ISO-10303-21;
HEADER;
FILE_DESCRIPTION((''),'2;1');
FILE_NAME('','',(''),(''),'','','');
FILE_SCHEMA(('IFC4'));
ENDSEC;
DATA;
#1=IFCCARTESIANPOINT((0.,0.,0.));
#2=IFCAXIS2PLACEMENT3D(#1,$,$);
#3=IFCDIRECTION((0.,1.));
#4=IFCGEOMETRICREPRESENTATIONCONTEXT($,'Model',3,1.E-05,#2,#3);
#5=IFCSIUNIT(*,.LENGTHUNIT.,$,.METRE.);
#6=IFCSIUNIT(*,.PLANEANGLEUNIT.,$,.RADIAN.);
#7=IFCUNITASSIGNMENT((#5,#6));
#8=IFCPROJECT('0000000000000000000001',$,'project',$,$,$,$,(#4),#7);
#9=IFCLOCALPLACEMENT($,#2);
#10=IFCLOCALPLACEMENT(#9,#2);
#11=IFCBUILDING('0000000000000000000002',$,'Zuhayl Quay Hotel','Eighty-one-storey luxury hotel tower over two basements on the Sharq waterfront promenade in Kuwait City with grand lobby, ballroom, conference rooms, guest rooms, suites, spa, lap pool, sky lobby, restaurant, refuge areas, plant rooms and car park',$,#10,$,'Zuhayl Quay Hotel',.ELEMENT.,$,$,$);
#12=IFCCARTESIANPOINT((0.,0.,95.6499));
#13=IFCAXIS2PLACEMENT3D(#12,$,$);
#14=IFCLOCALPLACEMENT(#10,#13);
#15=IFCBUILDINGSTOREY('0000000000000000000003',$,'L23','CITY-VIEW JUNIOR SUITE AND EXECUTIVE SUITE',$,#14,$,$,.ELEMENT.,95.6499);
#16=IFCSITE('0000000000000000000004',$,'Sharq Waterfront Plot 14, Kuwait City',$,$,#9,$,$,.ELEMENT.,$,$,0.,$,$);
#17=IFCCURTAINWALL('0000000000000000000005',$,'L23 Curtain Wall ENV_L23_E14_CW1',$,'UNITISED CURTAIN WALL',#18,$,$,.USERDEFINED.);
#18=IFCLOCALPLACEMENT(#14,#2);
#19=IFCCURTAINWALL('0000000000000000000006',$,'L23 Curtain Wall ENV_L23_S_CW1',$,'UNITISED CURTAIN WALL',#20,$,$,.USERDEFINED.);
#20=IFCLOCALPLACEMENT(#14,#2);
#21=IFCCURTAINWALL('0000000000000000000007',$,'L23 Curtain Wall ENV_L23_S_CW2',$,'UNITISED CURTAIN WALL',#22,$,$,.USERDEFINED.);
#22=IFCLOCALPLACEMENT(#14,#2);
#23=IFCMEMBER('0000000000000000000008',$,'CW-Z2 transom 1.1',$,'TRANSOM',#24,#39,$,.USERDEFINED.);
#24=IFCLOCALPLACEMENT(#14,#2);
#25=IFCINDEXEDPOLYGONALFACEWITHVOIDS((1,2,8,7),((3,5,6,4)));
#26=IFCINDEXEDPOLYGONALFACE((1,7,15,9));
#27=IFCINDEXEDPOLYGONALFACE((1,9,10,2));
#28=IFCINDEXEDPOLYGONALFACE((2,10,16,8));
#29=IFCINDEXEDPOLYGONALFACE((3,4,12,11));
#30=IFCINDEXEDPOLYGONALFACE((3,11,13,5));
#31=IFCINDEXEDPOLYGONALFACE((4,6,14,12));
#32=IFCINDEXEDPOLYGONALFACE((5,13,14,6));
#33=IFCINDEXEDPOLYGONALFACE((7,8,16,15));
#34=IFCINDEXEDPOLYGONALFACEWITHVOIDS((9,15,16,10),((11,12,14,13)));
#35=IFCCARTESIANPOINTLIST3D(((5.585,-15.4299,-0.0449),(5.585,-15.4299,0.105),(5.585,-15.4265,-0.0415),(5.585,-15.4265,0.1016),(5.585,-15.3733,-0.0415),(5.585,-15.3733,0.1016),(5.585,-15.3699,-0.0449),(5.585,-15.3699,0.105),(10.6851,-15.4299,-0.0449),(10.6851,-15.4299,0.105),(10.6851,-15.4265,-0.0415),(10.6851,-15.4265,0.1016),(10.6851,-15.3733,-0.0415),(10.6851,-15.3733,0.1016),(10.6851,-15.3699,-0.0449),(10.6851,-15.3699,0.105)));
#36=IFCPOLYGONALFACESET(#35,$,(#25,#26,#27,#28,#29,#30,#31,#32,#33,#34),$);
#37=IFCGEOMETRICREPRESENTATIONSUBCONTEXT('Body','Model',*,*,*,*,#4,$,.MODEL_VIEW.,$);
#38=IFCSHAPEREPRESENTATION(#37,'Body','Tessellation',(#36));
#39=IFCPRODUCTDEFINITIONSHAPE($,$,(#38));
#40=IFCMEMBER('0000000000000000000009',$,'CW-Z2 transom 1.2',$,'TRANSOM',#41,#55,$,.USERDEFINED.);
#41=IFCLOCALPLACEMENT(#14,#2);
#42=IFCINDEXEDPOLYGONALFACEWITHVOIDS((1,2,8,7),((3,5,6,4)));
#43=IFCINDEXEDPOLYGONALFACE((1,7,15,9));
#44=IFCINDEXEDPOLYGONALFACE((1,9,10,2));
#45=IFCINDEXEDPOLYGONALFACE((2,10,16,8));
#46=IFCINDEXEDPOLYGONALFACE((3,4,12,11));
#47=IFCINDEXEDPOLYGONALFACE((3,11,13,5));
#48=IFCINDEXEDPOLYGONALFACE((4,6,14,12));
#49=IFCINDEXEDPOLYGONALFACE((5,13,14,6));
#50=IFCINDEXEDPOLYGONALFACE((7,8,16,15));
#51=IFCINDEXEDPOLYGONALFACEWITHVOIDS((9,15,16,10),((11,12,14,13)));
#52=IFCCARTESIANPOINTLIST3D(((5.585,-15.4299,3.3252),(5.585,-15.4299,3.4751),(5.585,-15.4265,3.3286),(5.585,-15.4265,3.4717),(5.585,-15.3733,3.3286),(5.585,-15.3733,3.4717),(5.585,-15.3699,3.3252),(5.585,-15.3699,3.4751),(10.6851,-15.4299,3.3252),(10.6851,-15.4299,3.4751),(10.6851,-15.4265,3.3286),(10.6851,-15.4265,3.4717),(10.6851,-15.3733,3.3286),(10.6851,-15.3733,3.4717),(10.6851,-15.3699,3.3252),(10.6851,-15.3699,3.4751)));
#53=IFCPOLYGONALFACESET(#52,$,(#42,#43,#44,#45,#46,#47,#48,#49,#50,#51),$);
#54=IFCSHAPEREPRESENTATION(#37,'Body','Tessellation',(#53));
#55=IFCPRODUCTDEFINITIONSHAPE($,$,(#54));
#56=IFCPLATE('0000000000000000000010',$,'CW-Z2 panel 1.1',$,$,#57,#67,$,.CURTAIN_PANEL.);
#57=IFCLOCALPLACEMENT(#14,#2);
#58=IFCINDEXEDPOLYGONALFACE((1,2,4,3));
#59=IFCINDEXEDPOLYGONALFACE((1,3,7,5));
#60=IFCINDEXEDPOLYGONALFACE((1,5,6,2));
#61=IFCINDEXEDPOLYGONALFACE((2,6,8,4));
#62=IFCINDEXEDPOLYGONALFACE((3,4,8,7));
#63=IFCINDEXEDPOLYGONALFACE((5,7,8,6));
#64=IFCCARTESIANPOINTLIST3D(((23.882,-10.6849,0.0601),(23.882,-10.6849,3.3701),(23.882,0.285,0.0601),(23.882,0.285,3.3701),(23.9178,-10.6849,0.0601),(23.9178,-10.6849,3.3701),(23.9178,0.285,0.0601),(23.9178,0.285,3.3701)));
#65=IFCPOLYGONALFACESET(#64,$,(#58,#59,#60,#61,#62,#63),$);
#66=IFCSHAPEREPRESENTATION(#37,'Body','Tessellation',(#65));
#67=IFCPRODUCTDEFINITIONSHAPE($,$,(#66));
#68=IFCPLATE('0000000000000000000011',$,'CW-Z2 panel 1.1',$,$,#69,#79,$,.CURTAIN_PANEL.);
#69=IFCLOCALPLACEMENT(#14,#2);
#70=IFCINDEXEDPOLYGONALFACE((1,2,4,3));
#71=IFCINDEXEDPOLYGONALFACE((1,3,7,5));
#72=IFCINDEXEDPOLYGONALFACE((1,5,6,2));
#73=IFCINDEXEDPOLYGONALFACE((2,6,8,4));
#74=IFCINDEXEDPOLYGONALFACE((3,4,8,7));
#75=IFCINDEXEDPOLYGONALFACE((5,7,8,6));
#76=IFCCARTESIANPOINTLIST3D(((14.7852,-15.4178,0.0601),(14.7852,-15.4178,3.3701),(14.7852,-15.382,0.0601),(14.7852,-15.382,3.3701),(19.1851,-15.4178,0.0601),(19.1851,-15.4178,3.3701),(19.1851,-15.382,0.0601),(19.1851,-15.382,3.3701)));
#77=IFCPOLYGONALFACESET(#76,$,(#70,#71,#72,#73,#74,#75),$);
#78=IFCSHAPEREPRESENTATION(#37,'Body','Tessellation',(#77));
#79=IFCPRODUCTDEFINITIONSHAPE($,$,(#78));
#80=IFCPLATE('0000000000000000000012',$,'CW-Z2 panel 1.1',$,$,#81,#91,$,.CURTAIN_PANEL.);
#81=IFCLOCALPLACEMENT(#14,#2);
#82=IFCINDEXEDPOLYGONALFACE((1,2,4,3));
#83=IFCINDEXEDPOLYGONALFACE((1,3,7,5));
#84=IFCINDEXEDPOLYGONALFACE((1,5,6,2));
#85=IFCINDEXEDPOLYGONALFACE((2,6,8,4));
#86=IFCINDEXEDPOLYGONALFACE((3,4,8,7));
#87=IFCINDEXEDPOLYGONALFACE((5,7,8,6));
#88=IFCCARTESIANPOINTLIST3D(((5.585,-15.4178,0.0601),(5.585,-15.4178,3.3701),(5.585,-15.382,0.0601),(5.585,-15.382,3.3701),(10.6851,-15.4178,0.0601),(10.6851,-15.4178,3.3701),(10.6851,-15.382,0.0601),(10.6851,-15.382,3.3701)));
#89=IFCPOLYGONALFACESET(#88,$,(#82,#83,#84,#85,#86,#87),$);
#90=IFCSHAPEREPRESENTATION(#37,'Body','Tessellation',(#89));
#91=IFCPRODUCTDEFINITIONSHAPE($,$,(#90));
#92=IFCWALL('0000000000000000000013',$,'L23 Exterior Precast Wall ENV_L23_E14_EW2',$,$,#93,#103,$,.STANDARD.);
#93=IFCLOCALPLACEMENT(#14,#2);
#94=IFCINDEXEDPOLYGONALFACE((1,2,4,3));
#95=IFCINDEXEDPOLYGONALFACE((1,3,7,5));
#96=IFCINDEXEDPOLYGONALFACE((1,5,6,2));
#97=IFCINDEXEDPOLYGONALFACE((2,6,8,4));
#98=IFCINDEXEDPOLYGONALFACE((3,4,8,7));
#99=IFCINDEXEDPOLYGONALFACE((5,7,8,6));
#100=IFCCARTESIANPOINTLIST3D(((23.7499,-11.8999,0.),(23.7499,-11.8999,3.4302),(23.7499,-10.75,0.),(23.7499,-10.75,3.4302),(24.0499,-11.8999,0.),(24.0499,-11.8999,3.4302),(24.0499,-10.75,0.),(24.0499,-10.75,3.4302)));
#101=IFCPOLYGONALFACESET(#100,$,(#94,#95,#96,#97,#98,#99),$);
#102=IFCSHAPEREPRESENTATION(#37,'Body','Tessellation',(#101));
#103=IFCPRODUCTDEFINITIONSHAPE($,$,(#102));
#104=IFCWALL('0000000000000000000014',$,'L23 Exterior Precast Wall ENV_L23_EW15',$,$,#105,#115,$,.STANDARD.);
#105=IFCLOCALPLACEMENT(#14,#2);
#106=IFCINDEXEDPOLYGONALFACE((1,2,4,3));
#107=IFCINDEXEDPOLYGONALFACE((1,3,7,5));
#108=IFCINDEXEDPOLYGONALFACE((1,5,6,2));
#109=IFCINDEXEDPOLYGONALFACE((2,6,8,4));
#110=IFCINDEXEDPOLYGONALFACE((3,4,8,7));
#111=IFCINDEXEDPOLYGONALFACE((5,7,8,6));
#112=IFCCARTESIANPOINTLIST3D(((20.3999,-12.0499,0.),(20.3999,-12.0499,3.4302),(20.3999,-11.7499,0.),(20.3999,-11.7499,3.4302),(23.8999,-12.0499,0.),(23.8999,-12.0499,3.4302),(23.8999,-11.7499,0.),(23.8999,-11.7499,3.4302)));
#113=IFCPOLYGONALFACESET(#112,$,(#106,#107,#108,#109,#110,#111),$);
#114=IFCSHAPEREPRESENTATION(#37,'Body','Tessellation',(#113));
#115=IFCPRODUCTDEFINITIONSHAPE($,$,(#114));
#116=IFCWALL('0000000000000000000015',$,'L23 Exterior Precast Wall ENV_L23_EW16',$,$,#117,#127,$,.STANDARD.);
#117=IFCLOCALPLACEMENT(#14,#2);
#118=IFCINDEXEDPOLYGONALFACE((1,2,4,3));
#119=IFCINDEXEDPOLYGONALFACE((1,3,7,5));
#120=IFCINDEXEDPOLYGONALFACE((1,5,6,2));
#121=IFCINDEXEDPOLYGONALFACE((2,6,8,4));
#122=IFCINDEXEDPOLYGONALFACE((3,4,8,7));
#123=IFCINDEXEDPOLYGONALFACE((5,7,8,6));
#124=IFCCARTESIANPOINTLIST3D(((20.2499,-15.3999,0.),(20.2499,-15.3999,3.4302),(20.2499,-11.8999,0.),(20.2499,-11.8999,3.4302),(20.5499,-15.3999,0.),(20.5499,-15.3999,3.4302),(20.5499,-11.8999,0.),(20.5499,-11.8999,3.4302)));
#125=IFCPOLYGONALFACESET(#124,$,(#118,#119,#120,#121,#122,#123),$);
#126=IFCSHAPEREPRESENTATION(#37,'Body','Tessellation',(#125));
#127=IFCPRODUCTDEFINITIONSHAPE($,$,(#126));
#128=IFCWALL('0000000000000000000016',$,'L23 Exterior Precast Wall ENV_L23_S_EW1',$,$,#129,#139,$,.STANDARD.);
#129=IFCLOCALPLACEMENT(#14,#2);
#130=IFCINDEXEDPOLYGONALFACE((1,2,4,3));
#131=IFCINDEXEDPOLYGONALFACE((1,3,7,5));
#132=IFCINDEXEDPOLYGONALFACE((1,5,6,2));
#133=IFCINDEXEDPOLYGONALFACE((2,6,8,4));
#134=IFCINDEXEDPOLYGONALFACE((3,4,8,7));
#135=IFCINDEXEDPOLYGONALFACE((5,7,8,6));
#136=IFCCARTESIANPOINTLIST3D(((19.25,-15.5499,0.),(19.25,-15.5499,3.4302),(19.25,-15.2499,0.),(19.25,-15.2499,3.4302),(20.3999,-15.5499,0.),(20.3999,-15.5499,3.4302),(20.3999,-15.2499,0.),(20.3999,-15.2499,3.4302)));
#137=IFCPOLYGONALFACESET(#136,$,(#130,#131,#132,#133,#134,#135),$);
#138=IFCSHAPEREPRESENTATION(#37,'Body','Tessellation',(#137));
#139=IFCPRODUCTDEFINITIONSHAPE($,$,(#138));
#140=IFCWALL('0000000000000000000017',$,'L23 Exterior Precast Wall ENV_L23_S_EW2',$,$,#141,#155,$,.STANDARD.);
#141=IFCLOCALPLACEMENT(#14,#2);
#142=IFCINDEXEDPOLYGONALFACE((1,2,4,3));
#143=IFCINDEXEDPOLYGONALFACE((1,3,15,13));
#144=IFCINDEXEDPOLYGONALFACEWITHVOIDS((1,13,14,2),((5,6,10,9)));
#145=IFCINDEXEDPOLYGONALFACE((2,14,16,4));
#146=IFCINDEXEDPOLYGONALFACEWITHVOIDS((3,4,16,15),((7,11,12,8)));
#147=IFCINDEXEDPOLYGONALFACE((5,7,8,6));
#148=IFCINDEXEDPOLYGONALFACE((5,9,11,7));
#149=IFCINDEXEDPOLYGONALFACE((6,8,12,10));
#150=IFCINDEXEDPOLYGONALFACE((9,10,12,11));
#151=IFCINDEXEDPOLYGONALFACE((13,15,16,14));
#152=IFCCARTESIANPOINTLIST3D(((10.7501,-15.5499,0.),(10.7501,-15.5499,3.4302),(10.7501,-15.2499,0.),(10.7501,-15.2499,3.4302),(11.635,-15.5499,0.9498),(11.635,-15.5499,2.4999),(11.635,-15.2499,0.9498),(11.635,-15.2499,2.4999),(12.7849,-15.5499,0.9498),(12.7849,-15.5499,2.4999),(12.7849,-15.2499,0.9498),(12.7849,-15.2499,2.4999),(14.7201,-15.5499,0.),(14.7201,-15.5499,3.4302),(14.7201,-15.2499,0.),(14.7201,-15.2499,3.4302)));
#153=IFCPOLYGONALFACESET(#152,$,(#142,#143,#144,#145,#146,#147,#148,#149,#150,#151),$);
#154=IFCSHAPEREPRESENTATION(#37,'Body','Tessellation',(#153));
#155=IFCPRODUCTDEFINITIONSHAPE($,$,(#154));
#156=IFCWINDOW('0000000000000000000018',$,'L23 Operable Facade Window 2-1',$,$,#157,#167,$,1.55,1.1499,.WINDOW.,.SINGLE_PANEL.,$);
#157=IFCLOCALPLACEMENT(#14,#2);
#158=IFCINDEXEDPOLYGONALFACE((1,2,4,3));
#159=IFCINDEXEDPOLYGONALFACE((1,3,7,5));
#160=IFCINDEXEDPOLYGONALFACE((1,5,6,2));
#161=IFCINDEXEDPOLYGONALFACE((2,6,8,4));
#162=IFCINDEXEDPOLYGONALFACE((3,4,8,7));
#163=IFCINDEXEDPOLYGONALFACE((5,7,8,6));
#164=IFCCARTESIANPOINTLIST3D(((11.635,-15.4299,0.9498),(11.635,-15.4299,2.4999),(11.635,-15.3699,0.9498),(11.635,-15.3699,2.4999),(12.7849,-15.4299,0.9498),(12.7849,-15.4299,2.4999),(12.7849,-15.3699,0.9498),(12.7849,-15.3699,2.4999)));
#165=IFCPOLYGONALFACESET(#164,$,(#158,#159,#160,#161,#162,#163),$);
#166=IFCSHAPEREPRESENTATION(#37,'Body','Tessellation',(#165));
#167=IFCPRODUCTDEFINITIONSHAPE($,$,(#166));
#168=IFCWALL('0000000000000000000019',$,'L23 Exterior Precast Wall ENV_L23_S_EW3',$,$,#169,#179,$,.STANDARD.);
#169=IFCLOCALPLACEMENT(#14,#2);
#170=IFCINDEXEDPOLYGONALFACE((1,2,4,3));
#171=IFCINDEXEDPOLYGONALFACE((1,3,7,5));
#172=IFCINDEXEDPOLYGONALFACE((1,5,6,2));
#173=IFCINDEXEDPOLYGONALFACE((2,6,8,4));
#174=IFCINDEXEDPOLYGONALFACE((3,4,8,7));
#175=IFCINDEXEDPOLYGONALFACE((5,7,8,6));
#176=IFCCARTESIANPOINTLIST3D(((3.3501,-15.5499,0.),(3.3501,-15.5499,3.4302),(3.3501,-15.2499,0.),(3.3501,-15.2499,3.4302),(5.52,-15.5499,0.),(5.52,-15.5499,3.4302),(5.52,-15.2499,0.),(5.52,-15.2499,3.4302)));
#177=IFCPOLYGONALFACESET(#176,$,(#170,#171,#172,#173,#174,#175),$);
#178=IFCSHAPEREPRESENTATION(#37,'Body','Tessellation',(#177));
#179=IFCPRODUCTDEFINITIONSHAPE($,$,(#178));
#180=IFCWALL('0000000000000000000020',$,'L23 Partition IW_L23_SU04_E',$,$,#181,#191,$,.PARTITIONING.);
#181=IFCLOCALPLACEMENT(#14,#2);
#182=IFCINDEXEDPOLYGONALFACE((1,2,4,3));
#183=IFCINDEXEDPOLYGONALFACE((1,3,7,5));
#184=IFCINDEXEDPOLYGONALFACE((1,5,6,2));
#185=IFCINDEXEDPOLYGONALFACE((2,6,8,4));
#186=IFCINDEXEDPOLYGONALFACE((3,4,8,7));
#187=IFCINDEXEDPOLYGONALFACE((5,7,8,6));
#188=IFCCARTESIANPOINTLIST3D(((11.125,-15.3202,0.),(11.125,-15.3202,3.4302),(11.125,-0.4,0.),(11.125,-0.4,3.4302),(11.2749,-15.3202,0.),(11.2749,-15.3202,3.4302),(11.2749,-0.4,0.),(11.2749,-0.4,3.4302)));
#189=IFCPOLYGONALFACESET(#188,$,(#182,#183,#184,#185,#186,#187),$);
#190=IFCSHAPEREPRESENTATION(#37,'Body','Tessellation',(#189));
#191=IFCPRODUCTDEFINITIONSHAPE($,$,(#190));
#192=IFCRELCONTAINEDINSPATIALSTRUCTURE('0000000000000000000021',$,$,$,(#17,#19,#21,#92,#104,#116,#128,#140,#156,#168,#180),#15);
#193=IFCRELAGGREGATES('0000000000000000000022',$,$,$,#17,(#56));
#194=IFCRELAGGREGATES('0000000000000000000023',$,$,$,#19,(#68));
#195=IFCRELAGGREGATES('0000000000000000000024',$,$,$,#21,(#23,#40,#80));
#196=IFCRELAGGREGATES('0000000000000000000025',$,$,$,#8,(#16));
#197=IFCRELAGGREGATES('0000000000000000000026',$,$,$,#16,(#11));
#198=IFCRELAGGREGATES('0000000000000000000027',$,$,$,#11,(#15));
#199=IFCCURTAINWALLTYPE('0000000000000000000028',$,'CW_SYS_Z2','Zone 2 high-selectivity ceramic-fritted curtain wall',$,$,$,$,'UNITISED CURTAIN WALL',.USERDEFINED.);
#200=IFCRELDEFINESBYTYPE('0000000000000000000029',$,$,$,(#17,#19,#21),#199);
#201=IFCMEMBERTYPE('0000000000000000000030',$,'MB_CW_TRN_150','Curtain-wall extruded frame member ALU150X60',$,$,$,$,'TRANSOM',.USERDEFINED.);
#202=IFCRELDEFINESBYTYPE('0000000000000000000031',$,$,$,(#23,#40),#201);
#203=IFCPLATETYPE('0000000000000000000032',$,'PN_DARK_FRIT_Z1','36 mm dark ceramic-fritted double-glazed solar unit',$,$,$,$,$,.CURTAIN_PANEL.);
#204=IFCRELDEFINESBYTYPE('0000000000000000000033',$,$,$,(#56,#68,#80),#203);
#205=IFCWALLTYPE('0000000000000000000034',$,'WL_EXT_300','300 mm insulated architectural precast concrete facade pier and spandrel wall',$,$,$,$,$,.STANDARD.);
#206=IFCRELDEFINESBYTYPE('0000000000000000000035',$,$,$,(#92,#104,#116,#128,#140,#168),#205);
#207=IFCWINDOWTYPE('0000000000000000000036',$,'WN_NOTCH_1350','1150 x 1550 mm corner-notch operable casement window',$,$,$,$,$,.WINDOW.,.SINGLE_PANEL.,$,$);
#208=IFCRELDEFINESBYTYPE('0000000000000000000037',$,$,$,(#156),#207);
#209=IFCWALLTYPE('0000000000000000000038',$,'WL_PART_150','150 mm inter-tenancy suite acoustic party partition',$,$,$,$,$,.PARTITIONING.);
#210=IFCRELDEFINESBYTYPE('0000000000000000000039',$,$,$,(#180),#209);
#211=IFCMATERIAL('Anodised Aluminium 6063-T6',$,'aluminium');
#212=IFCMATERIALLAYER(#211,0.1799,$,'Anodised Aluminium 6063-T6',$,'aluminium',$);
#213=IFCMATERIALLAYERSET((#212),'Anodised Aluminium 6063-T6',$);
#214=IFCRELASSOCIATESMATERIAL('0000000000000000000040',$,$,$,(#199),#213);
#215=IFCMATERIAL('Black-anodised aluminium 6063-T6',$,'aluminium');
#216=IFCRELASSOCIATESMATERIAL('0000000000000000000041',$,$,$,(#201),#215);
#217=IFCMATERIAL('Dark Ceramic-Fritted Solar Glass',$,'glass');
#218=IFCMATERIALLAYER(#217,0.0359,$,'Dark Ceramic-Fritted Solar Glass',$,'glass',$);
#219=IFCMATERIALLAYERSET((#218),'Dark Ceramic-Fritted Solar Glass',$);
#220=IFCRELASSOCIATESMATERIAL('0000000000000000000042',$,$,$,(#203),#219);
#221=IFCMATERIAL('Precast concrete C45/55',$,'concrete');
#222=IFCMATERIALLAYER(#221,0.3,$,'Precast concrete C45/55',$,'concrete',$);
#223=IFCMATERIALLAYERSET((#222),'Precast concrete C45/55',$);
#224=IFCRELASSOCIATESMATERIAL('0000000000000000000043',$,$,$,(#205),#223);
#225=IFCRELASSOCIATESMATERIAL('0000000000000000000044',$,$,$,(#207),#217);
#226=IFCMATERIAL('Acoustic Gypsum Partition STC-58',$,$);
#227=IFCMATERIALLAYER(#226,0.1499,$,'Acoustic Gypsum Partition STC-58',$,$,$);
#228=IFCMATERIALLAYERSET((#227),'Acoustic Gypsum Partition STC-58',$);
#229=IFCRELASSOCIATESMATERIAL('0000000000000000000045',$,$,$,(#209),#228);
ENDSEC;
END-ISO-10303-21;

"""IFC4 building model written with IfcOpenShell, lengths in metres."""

from ifc_helpers import new_model, si_unit, direction, frame, frame_2d, origin, origin_2d, place, context, subcontext, project, spatial, rectangle, hollow_rectangle, extrude, material, layer, layer_set, material_profile, profile_set, type_object, element, fill, aggregate, save


model = new_model("IFC4")

# Units and contexts
model_context = context("Model", 3, precision=1e-05, world=origin(), true_north=direction((0.0, 1.0)))
body_context = subcontext(model_context, "Body", "Model", "MODEL_VIEW")
ifc_project = project(units=[si_unit("LENGTHUNIT", "METRE"), si_unit("PLANEANGLEUNIT", "RADIAN")], contexts=[model_context])

# Site, building, storey
site_placement = place(None, origin())
site = spatial("IfcSite", under=ifc_project, at=site_placement, Name="Sharq Waterfront Plot 14, Kuwait City", CompositionType="ELEMENT", RefElevation=0.0)
building_placement = place(site_placement, origin())
building = spatial("IfcBuilding", under=site, at=building_placement, Name="Zuhayl Quay Hotel", Description="Eighty-one-storey luxury hotel tower over two basements on the Sharq waterfront promenade in Kuwait City with grand lobby, ballroom, conference rooms, guest rooms, suites, spa, lap pool, sky lobby, restaurant, refuge areas, plant rooms and car park", LongName="Zuhayl Quay Hotel", CompositionType="ELEMENT")
storey_placement = place(building_placement, frame((0.0, 0.0, 95.6499)))
storey = spatial("IfcBuildingStorey", under=building, at=storey_placement, Name="L23", Description="CITY-VIEW JUNIOR SUITE AND EXECUTIVE SUITE", CompositionType="ELEMENT", Elevation=95.6499)

# Curtain wall
ifc_material_1 = material(Name="Anodised Aluminium 6063-T6", Category="aluminium")
ifc_layer_1 = layer(ifc_material_1, 0.1799, Name="Anodised Aluminium 6063-T6", Category="aluminium")
ifc_layer_set_1 = layer_set([ifc_layer_1], Name="Anodised Aluminium 6063-T6")
curtain_wall_type = type_object("IfcCurtainWallType", Name="CW_SYS_Z2", Description="Zone 2 high-selectivity ceramic-fritted curtain wall", ElementType="UNITISED CURTAIN WALL", PredefinedType="USERDEFINED", material=ifc_layer_set_1)
curtain_wall_1_placement = place(storey_placement, origin())
curtain_wall_1 = element("IfcCurtainWall", 1, at=curtain_wall_1_placement, inside=storey, type_object=curtain_wall_type, Name="L23 Curtain Wall ENV_L23_E14_CW1", ObjectType="UNITISED CURTAIN WALL", PredefinedType="USERDEFINED")
ifc_material_2 = material(Name="Black-anodised aluminium 6063-T6", Category="aluminium")

# Curtain walls
curtain_wall_2_placement = place(storey_placement, origin())
curtain_wall_2 = element("IfcCurtainWall", 2, at=curtain_wall_2_placement, inside=storey, type_object=curtain_wall_type, Name="L23 Curtain Wall ENV_L23_S_CW1", ObjectType="UNITISED CURTAIN WALL", PredefinedType="USERDEFINED")
curtain_wall_3_placement = place(storey_placement, origin())
curtain_wall_3 = element("IfcCurtainWall", 3, at=curtain_wall_3_placement, inside=storey, type_object=curtain_wall_type, Name="L23 Curtain Wall ENV_L23_S_CW2", ObjectType="UNITISED CURTAIN WALL", PredefinedType="USERDEFINED")

# Members
ifc_material_profile_1 = material_profile(ifc_material_2, hollow_rectangle(XDim=0.0601, YDim=0.1499, WallThickness=0.0034, at=origin_2d()), Name="ALU150X60")
ifc_profile_set_1 = profile_set([ifc_material_profile_1], Name="Black-anodised aluminium 6063-T6")
member_type_1 = type_object("IfcMemberType", Name="MB_CW_TRN_150", Description="Curtain-wall extruded frame member ALU150X60", ElementType="TRANSOM", PredefinedType="USERDEFINED", material=ifc_profile_set_1)
member_1_placement = place(storey_placement, frame((10.6851, -15.3999, 0.03), z_axis=(-1.0, 0.0, 0.0), x_axis=(0.0, -1.0, 0.0)))
member_1 = element("IfcMember", 4, at=member_1_placement, type_object=member_type_1, Name="CW-Z2 transom 1.1", ObjectType="TRANSOM", PredefinedType="USERDEFINED", context=body_context, shape_type="SweptSolid", body=[
    extrude(hollow_rectangle(XDim=0.0601, YDim=0.1499, WallThickness=0.0034, at=origin_2d()), origin(), (0.0, 0.0, 1.0), 5.1001),
])
member_2_placement = place(storey_placement, frame((10.6851, -15.3999, 3.4001), z_axis=(-1.0, 0.0, 0.0), x_axis=(0.0, -1.0, 0.0)))
member_2 = element("IfcMember", 5, at=member_2_placement, type_object=member_type_1, Name="CW-Z2 transom 1.2", ObjectType="TRANSOM", PredefinedType="USERDEFINED", context=body_context, shape_type="SweptSolid", body=[
    extrude(hollow_rectangle(XDim=0.0601, YDim=0.1499, WallThickness=0.0034, at=origin_2d()), origin(), (0.0, 0.0, 1.0), 5.1001),
])

# Plates
ifc_material_3 = material(Name="Dark Ceramic-Fritted Solar Glass", Category="glass")
ifc_layer_2 = layer(ifc_material_3, 0.0359, Name="Dark Ceramic-Fritted Solar Glass", Category="glass")
ifc_layer_set_2 = layer_set([ifc_layer_2], Name="Dark Ceramic-Fritted Solar Glass")
plate_type = type_object("IfcPlateType", Name="PN_DARK_FRIT_Z1", Description="36 mm dark ceramic-fritted double-glazed solar unit", PredefinedType="CURTAIN_PANEL", material=ifc_layer_set_2)
plate_1_placement = place(storey_placement, frame((23.8999, -5.2, 0.0601), z_axis=(0.0, 0.0, 1.0), x_axis=(0.0, -1.0, 0.0)))
plate_1 = element("IfcPlate", 6, at=plate_1_placement, type_object=plate_type, Name="CW-Z2 panel 1.1", PredefinedType="CURTAIN_PANEL", context=body_context, shape_type="SweptSolid", body=[
    extrude(rectangle(XDim=10.97, YDim=0.0359, at=origin_2d()), origin(), (0.0, 0.0, 1.0), 3.3101),
])
aggregate(curtain_wall_1, [plate_1])
plate_2_placement = place(storey_placement, frame((16.9851, -15.3999, 0.0601), z_axis=(0.0, 0.0, 1.0), x_axis=(-1.0, 0.0, 0.0)))
plate_2 = element("IfcPlate", 7, at=plate_2_placement, type_object=plate_type, Name="CW-Z2 panel 1.1", PredefinedType="CURTAIN_PANEL", context=body_context, shape_type="SweptSolid", body=[
    extrude(rectangle(XDim=4.3999, YDim=0.0359, at=origin_2d()), origin(), (0.0, 0.0, 1.0), 3.3101),
])
aggregate(curtain_wall_2, [plate_2])
plate_3_placement = place(storey_placement, frame((8.135, -15.3999, 0.0601), z_axis=(0.0, 0.0, 1.0), x_axis=(-1.0, 0.0, 0.0)))
plate_3 = element("IfcPlate", 8, at=plate_3_placement, type_object=plate_type, Name="CW-Z2 panel 1.1", PredefinedType="CURTAIN_PANEL", context=body_context, shape_type="SweptSolid", body=[
    extrude(rectangle(XDim=5.1001, YDim=0.0359, at=origin_2d()), origin(), (0.0, 0.0, 1.0), 3.3101),
])
aggregate(curtain_wall_3, [member_1, member_2, plate_3])

# Walls
ifc_material_4 = material(Name="Precast concrete C45/55", Category="concrete")
ifc_layer_3 = layer(ifc_material_4, 0.3, Name="Precast concrete C45/55", Category="concrete")
ifc_layer_set_3 = layer_set([ifc_layer_3], Name="Precast concrete C45/55")
wall_type_1 = type_object("IfcWallType", Name="WL_EXT_300", Description="300 mm insulated architectural precast concrete facade pier and spandrel wall", PredefinedType="STANDARD", material=ifc_layer_set_3)
wall_1_placement = place(storey_placement, frame((23.8999, -10.75, 0.0), z_axis=(0.0, 0.0, 1.0), x_axis=(0.0, -1.0, 0.0)))
element("IfcWall", 9, at=wall_1_placement, inside=storey, type_object=wall_type_1, Name="L23 Exterior Precast Wall ENV_L23_E14_EW2", PredefinedType="STANDARD", context=body_context, shape_type="SweptSolid", body=[
    extrude(rectangle(XDim=1.1499, YDim=0.3, at=frame_2d((0.575, 0.0))), origin(), (0.0, 0.0, 1.0), 3.4302),
])
for number, where, z_axis, x_axis, name in (
    (10, (23.8999, -11.8999, 0.0), (0.0, 0.0, 1.0), (-1.0, 0.0, 0.0), "L23 Exterior Precast Wall ENV_L23_EW15"),
    (11, (20.3999, -11.8999, 0.0), (0.0, 0.0, 1.0), (0.0, -1.0, 0.0), "L23 Exterior Precast Wall ENV_L23_EW16"),
):
    element("IfcWall", number, at=place(storey_placement, frame(where, z_axis=z_axis, x_axis=x_axis)), inside=storey, type_object=wall_type_1, Name=name, PredefinedType="STANDARD", context=body_context, shape_type="SweptSolid", body=[
        extrude(rectangle(XDim=3.5, YDim=0.3, at=frame_2d((1.75, 0.0))), origin(), (0.0, 0.0, 1.0), 3.4302),
    ])
wall_2_placement = place(storey_placement, frame((20.3999, -15.3999, 0.0), z_axis=(0.0, 0.0, 1.0), x_axis=(-1.0, 0.0, 0.0)))
element("IfcWall", 12, at=wall_2_placement, inside=storey, type_object=wall_type_1, Name="L23 Exterior Precast Wall ENV_L23_S_EW1", PredefinedType="STANDARD", context=body_context, shape_type="SweptSolid", body=[
    extrude(rectangle(XDim=1.1499, YDim=0.3, at=frame_2d((0.575, 0.0))), origin(), (0.0, 0.0, 1.0), 3.4302),
])

# Wall, opening, window
wall_3_placement = place(storey_placement, frame((14.72, -15.3999, 0.0), z_axis=(0.0, 0.0, 1.0), x_axis=(-1.0, 0.0, 0.0)))
wall_3 = element("IfcWall", 13, at=wall_3_placement, inside=storey, type_object=wall_type_1, Name="L23 Exterior Precast Wall ENV_L23_S_EW2", PredefinedType="STANDARD", context=body_context, shape_type="SweptSolid", body=[
    extrude(rectangle(XDim=3.97, YDim=0.3, at=frame_2d((1.9849, 0.0))), origin(), (0.0, 0.0, 1.0), 3.4302),
])
opening_placement = place(wall_3_placement, frame((1.9351, 0.0, 0.95)))
opening = element("IfcOpeningElement", 14, at=opening_placement, cuts=wall_3, PredefinedType="OPENING", context=body_context, shape_type="SweptSolid", body=[
    extrude(rectangle(XDim=1.1499, YDim=1.55, at=frame_2d((0.575, 0.7749))), frame((0.0, 0.1599, 0.0), z_axis=(0.0, -1.0, 0.0), x_axis=(1.0, 0.0, 0.0)), (0.0, 0.0, 1.0), 0.3201),
])
window_type = type_object("IfcWindowType", Name="WN_NOTCH_1350", Description="1150 x 1550 mm corner-notch operable casement window", PartitioningType="SINGLE_PANEL", PredefinedType="WINDOW", material=ifc_material_3)
window_placement = place(opening_placement, origin())
window = element("IfcWindow", 15, at=window_placement, inside=storey, type_object=window_type, Name="L23 Operable Facade Window 2-1", OverallHeight=1.55, OverallWidth=1.1499, PartitioningType="SINGLE_PANEL", PredefinedType="WINDOW", context=body_context, shape_type="SweptSolid", body=[
    extrude(rectangle(XDim=1.1499, YDim=1.55, at=frame_2d((0.575, 0.7749))), frame((0.0, 0.03, 0.0), z_axis=(0.0, -1.0, 0.0), x_axis=(1.0, 0.0, 0.0)), (0.0, 0.0, 1.0), 0.0601),
])
fill(opening, window)

# Walls
wall_4_placement = place(storey_placement, frame((5.52, -15.3999, 0.0), z_axis=(0.0, 0.0, 1.0), x_axis=(-1.0, 0.0, 0.0)))
element("IfcWall", 16, at=wall_4_placement, inside=storey, type_object=wall_type_1, Name="L23 Exterior Precast Wall ENV_L23_S_EW3", PredefinedType="STANDARD", context=body_context, shape_type="SweptSolid", body=[
    extrude(rectangle(XDim=2.1699, YDim=0.3, at=frame_2d((1.085, 0.0))), origin(), (0.0, 0.0, 1.0), 3.4302),
])
ifc_material_5 = material(Name="Acoustic Gypsum Partition STC-58")
ifc_layer_4 = layer(ifc_material_5, 0.1499, Name="Acoustic Gypsum Partition STC-58")
ifc_layer_set_4 = layer_set([ifc_layer_4], Name="Acoustic Gypsum Partition STC-58")
wall_type_2 = type_object("IfcWallType", Name="WL_PART_150", Description="150 mm inter-tenancy suite acoustic party partition", PredefinedType="PARTITIONING", material=ifc_layer_set_4)
wall_5_placement = place(storey_placement, frame((11.2, -15.3201, 0.0), z_axis=(0.0, 0.0, 1.0), x_axis=(0.0, 1.0, 0.0)))
element("IfcWall", 17, at=wall_5_placement, inside=storey, type_object=wall_type_2, Name="L23 Partition IW_L23_SU04_E", PredefinedType="PARTITIONING", context=body_context, shape_type="SweptSolid", body=[
    extrude(rectangle(XDim=14.9202, YDim=0.1499, at=frame_2d((7.46, 0.0))), origin(), (0.0, 0.0, 1.0), 3.4302),
])

save(model, "model.ifc")
